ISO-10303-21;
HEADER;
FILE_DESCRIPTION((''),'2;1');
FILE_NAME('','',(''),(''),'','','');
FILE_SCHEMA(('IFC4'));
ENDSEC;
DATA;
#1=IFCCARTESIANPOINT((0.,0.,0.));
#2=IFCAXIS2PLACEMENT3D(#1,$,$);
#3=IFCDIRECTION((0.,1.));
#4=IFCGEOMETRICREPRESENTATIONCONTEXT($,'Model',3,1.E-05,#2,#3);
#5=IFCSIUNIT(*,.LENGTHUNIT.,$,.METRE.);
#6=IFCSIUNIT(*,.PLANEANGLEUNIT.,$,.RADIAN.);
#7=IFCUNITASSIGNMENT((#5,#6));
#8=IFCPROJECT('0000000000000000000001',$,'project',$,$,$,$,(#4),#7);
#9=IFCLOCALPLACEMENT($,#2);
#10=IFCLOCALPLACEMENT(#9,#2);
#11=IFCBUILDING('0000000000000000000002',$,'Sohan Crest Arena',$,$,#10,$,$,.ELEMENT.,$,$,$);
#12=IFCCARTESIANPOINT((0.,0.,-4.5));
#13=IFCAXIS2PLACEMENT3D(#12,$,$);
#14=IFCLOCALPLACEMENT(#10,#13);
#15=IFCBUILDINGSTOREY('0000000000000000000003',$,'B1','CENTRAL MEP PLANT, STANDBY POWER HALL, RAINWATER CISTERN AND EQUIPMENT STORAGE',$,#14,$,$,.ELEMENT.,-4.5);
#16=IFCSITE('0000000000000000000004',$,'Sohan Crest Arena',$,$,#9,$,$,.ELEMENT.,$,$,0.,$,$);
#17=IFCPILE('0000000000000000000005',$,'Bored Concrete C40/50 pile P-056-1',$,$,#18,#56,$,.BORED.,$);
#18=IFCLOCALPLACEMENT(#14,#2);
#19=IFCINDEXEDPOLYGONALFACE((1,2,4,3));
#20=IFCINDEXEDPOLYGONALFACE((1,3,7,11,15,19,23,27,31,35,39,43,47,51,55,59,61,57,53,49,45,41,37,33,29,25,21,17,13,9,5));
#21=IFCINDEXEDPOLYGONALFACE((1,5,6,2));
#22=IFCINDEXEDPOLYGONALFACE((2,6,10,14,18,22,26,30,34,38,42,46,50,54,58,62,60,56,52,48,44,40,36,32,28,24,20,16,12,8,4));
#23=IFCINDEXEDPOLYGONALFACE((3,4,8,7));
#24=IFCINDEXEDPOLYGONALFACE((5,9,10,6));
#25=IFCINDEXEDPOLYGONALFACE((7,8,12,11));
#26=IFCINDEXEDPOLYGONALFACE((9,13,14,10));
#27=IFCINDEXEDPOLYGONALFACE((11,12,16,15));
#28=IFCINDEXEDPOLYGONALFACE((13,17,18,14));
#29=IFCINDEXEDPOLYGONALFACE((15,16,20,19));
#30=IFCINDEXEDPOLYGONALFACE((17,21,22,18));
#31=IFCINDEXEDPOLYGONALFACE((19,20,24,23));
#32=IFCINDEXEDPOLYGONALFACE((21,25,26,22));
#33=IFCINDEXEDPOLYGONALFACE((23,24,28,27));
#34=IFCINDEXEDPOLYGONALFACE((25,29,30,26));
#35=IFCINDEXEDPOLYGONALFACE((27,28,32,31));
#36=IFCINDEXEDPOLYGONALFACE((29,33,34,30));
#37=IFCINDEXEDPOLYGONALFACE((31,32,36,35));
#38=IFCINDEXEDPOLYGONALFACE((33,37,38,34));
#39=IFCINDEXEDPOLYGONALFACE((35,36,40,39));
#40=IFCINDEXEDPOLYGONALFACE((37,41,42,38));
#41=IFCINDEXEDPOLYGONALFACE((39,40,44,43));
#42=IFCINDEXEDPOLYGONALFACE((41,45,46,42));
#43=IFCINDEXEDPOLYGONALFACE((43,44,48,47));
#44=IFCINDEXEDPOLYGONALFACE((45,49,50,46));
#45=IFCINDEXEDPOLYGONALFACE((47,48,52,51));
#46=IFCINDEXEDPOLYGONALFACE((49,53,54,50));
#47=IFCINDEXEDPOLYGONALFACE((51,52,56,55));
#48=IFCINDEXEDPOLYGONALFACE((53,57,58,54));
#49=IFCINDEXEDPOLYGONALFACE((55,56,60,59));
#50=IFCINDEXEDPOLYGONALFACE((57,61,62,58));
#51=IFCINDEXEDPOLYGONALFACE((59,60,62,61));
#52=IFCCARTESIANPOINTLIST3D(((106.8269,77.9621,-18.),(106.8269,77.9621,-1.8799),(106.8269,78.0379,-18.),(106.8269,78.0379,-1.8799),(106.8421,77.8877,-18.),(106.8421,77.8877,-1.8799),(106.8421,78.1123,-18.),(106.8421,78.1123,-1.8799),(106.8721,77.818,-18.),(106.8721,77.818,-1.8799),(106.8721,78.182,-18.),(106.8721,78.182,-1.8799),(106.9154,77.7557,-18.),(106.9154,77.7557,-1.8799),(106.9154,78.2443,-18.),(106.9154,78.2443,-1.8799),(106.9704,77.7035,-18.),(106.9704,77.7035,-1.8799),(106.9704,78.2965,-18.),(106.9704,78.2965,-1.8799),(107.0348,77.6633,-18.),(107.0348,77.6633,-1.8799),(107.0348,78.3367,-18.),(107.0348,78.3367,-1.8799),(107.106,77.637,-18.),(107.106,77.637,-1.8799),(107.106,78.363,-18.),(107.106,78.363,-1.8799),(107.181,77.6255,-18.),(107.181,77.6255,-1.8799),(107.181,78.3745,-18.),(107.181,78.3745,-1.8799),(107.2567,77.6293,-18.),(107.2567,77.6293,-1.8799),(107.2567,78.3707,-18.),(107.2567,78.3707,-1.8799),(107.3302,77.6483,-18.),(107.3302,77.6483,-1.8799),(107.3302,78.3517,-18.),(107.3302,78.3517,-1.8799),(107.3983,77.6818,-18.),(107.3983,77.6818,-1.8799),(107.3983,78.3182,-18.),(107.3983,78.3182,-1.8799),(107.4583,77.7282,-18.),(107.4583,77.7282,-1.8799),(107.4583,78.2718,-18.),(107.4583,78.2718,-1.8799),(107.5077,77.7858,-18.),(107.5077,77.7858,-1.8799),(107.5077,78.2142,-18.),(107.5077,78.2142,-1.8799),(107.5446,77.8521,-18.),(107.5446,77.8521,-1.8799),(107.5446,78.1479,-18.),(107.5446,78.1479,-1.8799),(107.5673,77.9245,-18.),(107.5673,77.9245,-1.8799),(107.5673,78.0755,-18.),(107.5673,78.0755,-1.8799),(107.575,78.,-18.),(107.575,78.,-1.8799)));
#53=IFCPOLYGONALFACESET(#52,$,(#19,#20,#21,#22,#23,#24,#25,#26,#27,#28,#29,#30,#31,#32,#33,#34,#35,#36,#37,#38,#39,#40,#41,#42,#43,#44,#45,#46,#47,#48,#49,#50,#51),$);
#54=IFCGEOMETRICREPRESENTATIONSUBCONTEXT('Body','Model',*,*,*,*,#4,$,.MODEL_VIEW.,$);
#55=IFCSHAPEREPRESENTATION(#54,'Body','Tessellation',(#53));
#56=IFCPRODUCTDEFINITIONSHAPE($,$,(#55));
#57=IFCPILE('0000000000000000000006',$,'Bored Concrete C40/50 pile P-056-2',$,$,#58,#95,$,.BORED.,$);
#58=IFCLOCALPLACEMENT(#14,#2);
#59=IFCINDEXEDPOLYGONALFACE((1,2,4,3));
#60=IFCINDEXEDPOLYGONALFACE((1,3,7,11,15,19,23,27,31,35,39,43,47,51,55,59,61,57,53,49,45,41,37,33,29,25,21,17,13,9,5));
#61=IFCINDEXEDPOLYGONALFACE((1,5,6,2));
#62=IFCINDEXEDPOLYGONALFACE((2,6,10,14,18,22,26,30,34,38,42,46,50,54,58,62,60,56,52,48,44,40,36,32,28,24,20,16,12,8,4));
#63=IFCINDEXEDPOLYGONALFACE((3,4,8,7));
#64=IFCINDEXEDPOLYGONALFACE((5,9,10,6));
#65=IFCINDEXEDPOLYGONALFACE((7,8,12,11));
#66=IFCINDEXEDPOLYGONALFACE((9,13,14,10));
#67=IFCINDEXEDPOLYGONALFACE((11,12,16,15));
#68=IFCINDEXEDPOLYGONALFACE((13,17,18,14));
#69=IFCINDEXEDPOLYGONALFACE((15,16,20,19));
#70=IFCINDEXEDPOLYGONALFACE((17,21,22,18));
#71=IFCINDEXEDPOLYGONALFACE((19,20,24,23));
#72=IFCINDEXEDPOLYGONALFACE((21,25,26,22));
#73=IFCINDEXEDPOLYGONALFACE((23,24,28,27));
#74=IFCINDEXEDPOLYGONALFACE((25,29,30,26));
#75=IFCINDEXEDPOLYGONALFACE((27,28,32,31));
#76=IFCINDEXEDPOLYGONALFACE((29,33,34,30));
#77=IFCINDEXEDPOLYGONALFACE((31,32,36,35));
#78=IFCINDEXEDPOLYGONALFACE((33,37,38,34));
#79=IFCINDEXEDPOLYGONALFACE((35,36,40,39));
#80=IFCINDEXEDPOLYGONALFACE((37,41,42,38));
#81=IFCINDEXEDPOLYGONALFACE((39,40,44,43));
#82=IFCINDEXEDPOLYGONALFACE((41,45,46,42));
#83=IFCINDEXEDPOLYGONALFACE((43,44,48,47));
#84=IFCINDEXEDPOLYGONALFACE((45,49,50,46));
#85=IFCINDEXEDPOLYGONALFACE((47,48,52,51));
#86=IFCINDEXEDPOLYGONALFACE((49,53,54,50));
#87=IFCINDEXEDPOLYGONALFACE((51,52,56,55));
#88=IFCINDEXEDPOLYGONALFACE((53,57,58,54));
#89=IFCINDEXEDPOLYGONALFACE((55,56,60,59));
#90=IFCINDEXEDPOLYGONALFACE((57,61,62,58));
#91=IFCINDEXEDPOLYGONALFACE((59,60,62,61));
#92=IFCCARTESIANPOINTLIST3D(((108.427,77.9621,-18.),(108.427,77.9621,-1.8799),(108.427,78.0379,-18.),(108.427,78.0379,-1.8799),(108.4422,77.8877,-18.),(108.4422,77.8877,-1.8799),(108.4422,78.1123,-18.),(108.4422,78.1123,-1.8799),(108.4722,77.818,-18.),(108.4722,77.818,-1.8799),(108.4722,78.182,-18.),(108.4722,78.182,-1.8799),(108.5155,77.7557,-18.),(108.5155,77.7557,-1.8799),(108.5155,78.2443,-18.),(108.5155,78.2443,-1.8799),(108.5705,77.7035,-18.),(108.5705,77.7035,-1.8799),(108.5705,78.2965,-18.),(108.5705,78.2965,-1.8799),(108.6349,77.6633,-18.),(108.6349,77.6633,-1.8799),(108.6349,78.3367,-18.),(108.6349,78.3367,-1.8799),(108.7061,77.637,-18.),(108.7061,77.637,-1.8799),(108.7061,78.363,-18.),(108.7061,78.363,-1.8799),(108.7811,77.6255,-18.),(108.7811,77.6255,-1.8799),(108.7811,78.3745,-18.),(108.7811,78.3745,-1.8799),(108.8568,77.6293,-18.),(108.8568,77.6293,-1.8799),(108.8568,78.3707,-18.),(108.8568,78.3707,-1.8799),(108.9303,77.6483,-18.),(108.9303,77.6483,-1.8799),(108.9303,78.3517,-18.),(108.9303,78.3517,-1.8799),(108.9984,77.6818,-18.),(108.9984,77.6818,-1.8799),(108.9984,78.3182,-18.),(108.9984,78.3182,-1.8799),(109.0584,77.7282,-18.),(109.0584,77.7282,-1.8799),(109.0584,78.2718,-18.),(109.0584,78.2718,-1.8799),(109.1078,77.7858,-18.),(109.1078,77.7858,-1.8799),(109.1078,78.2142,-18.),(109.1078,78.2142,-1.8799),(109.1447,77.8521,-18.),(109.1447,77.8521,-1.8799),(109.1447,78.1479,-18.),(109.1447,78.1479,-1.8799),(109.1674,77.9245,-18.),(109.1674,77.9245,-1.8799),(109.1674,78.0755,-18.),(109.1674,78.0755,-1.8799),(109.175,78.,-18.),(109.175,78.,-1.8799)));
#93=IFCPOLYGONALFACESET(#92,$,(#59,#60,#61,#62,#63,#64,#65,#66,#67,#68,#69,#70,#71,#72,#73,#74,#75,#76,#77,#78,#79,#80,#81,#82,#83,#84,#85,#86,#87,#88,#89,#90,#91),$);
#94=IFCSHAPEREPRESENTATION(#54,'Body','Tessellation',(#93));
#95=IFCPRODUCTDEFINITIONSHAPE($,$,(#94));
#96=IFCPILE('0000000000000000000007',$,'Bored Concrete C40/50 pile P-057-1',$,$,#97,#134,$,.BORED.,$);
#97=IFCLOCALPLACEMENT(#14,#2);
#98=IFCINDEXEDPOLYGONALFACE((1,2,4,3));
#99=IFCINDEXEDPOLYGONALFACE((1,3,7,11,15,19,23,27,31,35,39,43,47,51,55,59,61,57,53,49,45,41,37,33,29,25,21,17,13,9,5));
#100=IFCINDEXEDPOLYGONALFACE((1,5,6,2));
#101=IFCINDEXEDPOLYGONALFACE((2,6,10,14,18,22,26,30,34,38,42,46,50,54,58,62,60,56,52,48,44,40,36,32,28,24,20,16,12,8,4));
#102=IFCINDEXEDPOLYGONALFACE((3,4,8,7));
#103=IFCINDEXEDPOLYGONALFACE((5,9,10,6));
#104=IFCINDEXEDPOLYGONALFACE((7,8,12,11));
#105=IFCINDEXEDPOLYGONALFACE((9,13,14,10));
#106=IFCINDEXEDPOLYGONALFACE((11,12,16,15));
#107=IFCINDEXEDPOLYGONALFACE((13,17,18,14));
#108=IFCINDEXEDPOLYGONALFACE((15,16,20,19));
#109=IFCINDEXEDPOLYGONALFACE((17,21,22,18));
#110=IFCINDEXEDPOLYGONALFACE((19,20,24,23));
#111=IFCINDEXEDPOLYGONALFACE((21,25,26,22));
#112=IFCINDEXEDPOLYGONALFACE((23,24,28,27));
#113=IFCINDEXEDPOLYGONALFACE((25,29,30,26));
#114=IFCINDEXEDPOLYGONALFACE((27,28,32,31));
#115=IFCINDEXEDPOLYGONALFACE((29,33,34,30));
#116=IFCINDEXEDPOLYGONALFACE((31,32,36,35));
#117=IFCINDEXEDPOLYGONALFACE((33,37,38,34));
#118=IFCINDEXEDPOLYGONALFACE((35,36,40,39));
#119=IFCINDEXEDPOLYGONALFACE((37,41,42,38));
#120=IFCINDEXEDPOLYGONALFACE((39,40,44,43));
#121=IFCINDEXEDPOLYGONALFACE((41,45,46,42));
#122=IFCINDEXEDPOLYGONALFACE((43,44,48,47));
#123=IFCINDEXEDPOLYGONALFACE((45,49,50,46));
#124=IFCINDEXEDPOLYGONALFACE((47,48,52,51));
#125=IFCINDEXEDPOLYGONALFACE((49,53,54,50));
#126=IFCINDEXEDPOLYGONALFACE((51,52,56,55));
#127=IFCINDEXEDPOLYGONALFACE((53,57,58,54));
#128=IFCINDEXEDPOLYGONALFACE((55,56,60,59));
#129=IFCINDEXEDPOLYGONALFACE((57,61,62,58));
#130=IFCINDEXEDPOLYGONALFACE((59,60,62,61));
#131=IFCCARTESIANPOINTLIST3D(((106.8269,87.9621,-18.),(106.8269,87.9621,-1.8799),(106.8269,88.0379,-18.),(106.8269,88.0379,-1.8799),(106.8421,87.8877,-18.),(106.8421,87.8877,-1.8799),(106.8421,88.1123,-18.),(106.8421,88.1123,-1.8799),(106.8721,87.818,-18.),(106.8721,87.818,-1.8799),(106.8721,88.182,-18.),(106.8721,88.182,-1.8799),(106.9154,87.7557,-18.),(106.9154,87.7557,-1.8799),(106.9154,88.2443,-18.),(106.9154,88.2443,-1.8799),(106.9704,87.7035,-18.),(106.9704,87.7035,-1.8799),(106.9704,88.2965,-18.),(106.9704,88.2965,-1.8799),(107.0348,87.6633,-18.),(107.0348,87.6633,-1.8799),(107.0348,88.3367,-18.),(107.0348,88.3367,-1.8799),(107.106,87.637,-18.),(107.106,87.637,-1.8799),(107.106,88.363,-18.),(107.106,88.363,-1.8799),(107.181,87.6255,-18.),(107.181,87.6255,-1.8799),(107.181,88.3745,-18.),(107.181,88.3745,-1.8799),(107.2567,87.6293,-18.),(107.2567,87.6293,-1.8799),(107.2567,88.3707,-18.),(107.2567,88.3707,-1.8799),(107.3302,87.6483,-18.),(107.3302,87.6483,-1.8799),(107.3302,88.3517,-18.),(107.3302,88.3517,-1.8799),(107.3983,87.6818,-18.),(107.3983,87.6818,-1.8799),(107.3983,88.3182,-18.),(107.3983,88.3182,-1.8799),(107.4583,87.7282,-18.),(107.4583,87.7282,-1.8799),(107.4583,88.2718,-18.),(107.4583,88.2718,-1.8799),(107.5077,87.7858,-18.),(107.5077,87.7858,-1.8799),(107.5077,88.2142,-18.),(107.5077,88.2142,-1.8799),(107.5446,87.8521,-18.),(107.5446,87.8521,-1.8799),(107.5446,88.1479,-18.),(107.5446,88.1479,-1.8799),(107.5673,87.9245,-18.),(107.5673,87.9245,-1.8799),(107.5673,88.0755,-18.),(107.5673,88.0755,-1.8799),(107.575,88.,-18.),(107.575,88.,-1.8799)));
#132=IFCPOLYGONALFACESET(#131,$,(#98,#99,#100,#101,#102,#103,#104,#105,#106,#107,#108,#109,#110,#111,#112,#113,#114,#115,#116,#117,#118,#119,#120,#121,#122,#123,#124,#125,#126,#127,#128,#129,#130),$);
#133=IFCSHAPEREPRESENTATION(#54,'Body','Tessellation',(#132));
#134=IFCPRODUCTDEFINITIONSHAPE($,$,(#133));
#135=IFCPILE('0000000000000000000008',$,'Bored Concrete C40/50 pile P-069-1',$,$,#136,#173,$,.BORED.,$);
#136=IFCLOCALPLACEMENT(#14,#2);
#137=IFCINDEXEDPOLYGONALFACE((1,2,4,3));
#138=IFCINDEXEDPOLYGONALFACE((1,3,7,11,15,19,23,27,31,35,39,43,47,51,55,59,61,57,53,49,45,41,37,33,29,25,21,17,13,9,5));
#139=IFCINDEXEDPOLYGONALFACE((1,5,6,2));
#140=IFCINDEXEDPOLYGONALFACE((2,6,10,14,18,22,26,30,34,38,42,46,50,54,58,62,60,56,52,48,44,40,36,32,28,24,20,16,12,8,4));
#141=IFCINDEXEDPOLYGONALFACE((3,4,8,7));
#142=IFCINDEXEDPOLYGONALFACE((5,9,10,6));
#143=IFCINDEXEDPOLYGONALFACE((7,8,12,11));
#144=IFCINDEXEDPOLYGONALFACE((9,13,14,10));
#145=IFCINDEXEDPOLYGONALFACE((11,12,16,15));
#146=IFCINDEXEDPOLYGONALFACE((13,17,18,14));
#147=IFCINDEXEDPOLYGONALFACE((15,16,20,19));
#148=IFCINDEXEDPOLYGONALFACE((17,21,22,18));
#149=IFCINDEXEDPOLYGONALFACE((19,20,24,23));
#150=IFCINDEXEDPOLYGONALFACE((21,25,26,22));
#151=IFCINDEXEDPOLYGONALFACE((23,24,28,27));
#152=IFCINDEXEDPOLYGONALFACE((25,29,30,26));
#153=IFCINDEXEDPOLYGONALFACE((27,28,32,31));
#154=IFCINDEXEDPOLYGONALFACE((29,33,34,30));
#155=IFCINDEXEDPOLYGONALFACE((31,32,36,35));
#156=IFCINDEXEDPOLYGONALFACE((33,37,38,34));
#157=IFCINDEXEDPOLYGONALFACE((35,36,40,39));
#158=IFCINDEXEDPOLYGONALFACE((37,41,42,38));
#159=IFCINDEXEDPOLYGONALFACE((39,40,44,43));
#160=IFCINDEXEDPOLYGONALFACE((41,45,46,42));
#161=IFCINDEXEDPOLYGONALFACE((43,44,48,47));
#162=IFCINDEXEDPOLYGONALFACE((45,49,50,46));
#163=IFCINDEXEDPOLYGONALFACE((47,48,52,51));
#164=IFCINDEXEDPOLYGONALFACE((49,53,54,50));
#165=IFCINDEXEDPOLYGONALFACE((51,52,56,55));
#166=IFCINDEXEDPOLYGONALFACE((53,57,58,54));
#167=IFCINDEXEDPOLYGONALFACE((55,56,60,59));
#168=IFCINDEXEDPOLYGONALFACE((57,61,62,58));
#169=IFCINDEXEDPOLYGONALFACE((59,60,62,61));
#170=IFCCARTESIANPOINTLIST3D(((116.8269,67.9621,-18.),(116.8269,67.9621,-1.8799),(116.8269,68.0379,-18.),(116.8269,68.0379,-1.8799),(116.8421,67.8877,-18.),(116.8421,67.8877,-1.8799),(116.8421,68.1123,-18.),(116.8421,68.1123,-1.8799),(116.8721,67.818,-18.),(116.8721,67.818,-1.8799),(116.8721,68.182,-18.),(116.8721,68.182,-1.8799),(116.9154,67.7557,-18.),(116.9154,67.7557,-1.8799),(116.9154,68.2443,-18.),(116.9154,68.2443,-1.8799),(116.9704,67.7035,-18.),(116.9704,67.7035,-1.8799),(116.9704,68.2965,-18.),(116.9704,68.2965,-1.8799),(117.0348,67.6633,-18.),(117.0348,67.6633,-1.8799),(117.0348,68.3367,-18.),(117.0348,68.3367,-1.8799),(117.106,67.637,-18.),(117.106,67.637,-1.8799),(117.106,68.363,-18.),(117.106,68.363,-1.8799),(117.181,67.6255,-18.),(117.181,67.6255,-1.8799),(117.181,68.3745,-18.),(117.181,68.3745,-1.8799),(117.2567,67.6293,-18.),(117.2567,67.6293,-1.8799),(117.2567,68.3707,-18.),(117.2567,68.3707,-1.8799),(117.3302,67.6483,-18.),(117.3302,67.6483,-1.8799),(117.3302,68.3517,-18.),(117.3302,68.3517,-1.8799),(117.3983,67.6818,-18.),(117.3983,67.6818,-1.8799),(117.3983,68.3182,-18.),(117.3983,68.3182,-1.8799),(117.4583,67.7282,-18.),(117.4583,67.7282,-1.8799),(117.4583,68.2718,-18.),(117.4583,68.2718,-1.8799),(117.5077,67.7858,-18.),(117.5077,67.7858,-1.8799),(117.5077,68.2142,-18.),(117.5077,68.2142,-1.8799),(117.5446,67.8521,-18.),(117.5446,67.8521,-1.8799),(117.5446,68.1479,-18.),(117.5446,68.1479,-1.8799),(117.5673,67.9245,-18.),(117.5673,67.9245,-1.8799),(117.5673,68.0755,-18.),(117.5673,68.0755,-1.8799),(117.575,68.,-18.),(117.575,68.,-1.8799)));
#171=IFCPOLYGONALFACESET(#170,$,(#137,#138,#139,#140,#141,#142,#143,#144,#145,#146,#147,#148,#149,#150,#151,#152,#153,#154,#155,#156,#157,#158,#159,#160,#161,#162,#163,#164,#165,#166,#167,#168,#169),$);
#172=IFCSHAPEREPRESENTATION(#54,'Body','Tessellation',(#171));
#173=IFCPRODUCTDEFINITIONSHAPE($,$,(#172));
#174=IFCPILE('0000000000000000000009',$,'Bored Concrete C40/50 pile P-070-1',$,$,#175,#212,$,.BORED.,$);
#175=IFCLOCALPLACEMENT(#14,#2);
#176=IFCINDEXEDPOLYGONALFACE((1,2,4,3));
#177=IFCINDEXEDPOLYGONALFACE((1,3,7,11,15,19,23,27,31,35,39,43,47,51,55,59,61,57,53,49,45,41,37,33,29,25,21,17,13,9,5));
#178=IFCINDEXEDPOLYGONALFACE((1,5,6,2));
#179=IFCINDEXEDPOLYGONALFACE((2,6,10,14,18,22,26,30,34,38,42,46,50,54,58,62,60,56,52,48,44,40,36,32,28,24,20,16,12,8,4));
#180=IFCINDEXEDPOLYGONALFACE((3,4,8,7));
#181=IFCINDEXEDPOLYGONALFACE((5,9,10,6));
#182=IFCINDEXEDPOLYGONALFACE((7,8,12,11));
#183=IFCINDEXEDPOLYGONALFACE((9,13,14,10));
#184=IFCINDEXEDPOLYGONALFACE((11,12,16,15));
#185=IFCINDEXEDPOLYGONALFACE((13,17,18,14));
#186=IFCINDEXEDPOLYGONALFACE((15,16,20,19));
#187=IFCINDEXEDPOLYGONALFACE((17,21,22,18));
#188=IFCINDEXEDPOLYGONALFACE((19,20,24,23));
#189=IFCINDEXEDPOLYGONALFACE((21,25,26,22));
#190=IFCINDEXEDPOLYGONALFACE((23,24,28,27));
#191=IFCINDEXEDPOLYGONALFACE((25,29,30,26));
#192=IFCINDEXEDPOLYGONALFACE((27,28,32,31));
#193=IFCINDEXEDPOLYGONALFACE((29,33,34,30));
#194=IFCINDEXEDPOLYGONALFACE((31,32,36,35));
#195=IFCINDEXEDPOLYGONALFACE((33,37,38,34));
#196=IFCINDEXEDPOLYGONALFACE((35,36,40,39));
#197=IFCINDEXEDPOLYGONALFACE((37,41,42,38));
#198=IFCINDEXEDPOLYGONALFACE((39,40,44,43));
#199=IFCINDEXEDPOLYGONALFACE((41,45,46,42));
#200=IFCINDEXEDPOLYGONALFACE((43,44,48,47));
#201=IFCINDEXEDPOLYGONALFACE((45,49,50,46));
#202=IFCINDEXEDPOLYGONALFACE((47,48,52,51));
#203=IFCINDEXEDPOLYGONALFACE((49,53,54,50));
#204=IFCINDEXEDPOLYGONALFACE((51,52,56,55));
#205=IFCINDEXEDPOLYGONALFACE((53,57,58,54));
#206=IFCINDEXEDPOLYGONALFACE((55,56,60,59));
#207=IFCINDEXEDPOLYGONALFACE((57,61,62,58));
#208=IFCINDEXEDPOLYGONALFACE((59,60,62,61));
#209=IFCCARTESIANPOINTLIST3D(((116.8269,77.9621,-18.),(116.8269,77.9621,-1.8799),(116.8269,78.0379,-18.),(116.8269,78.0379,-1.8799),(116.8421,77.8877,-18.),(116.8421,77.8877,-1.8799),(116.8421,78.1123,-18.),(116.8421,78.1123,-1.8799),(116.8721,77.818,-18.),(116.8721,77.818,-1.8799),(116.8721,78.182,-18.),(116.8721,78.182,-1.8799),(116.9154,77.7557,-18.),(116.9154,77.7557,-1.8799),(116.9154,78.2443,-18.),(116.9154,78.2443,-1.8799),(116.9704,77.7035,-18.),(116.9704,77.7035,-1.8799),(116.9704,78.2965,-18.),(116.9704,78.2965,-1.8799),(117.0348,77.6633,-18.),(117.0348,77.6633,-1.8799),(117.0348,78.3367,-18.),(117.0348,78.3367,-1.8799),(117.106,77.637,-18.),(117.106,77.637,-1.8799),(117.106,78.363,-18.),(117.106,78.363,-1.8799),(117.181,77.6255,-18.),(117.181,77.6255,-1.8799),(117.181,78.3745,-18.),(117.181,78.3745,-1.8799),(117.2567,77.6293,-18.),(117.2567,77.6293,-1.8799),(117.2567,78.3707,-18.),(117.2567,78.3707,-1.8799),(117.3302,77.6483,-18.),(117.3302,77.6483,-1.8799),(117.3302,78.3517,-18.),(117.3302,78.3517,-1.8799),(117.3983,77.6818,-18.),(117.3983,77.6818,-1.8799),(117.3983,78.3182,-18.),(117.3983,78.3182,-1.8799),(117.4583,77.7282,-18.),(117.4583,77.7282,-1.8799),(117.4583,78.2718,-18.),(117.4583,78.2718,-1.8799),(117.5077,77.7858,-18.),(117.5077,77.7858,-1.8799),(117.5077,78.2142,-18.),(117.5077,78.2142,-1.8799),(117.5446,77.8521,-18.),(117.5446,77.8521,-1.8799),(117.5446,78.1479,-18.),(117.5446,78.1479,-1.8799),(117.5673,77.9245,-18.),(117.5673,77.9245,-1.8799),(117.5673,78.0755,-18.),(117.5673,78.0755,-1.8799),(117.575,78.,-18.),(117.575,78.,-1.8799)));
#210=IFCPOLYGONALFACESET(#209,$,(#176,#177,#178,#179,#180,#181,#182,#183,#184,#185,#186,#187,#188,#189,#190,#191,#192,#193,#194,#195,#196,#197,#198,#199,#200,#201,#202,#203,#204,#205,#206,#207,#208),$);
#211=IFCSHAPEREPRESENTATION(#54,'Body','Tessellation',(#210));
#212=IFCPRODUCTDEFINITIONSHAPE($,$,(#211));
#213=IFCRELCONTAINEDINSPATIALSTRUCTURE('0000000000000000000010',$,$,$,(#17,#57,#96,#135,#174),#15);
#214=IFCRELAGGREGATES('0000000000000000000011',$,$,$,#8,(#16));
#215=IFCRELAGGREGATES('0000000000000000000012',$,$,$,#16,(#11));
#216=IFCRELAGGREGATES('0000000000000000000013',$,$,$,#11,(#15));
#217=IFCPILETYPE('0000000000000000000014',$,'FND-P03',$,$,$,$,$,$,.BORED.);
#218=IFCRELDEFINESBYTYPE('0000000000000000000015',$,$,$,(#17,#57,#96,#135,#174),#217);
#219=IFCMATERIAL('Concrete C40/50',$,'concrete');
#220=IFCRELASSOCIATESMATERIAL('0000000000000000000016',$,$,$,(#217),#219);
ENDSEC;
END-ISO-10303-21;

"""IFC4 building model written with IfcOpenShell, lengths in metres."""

from ifc_helpers import new_model, si_unit, direction, frame, origin, origin_2d, place, context, subcontext, project, spatial, circle, extrude, material, material_profile, profile_set, type_object, element, save


model = new_model("IFC4")

# Units and contexts
model_context = context("Model", 3, precision=1e-05, world=origin(), true_north=direction((0.0, 1.0)))
body_context = subcontext(model_context, "Body", "Model", "MODEL_VIEW")
ifc_project = project(units=[si_unit("LENGTHUNIT", "METRE"), si_unit("PLANEANGLEUNIT", "RADIAN")], contexts=[model_context])

# Site, building, storey
site_placement = place(None, origin())
site = spatial("IfcSite", under=ifc_project, at=site_placement, Name="Sohan Crest Arena", CompositionType="ELEMENT", RefElevation=0.0)
building_placement = place(site_placement, origin())
building = spatial("IfcBuilding", under=site, at=building_placement, Name="Sohan Crest Arena", CompositionType="ELEMENT")
storey_placement = place(building_placement, frame((0.0, 0.0, -4.5)))
storey = spatial("IfcBuildingStorey", under=building, at=storey_placement, Name="B1", Description="CENTRAL MEP PLANT, STANDBY POWER HALL, RAINWATER CISTERN AND EQUIPMENT STORAGE", CompositionType="ELEMENT", Elevation=-4.5)

# Shared definitions
ifc_material = material(Name="Concrete C40/50", Category="concrete")

# Piles
ifc_material_profile_1 = material_profile(ifc_material, circle(Radius=0.375, at=origin_2d()), Name="PILE D750")
ifc_profile_set_1 = profile_set([ifc_material_profile_1], Name="Concrete C40/50")
pile_type = type_object("IfcPileType", Name="FND-P03", PredefinedType="BORED", material=ifc_profile_set_1)
for number, where, z_axis, x_axis, name in (
    (1, (107.2, 78.0, -18.0), (0.0, 0.0, 1.0), (1.0, 0.0, 0.0), "Bored Concrete C40/50 pile P-056-1"),
    (2, (108.8, 78.0, -18.0), (0.0, 0.0, 1.0), (1.0, 0.0, 0.0), "Bored Concrete C40/50 pile P-056-2"),
    (3, (107.2, 88.0, -18.0), (0.0, 0.0, 1.0), (1.0, 0.0, 0.0), "Bored Concrete C40/50 pile P-057-1"),
    (4, (117.2, 68.0, -18.0), (0.0, 0.0, 1.0), (1.0, 0.0, 0.0), "Bored Concrete C40/50 pile P-069-1"),
    (5, (117.2, 78.0, -18.0), (0.0, 0.0, 1.0), (1.0, 0.0, 0.0), "Bored Concrete C40/50 pile P-070-1"),
):
    element("IfcPile", number, at=place(storey_placement, frame(where, z_axis=z_axis, x_axis=x_axis)), inside=storey, type_object=pile_type, Name=name, PredefinedType="BORED", context=body_context, shape_type="SweptSolid", body=[
        extrude(circle(Radius=0.375, at=origin_2d()), origin(), (0.0, 0.0, 1.0), 16.1201),
    ])

save(model, "model.ifc")
